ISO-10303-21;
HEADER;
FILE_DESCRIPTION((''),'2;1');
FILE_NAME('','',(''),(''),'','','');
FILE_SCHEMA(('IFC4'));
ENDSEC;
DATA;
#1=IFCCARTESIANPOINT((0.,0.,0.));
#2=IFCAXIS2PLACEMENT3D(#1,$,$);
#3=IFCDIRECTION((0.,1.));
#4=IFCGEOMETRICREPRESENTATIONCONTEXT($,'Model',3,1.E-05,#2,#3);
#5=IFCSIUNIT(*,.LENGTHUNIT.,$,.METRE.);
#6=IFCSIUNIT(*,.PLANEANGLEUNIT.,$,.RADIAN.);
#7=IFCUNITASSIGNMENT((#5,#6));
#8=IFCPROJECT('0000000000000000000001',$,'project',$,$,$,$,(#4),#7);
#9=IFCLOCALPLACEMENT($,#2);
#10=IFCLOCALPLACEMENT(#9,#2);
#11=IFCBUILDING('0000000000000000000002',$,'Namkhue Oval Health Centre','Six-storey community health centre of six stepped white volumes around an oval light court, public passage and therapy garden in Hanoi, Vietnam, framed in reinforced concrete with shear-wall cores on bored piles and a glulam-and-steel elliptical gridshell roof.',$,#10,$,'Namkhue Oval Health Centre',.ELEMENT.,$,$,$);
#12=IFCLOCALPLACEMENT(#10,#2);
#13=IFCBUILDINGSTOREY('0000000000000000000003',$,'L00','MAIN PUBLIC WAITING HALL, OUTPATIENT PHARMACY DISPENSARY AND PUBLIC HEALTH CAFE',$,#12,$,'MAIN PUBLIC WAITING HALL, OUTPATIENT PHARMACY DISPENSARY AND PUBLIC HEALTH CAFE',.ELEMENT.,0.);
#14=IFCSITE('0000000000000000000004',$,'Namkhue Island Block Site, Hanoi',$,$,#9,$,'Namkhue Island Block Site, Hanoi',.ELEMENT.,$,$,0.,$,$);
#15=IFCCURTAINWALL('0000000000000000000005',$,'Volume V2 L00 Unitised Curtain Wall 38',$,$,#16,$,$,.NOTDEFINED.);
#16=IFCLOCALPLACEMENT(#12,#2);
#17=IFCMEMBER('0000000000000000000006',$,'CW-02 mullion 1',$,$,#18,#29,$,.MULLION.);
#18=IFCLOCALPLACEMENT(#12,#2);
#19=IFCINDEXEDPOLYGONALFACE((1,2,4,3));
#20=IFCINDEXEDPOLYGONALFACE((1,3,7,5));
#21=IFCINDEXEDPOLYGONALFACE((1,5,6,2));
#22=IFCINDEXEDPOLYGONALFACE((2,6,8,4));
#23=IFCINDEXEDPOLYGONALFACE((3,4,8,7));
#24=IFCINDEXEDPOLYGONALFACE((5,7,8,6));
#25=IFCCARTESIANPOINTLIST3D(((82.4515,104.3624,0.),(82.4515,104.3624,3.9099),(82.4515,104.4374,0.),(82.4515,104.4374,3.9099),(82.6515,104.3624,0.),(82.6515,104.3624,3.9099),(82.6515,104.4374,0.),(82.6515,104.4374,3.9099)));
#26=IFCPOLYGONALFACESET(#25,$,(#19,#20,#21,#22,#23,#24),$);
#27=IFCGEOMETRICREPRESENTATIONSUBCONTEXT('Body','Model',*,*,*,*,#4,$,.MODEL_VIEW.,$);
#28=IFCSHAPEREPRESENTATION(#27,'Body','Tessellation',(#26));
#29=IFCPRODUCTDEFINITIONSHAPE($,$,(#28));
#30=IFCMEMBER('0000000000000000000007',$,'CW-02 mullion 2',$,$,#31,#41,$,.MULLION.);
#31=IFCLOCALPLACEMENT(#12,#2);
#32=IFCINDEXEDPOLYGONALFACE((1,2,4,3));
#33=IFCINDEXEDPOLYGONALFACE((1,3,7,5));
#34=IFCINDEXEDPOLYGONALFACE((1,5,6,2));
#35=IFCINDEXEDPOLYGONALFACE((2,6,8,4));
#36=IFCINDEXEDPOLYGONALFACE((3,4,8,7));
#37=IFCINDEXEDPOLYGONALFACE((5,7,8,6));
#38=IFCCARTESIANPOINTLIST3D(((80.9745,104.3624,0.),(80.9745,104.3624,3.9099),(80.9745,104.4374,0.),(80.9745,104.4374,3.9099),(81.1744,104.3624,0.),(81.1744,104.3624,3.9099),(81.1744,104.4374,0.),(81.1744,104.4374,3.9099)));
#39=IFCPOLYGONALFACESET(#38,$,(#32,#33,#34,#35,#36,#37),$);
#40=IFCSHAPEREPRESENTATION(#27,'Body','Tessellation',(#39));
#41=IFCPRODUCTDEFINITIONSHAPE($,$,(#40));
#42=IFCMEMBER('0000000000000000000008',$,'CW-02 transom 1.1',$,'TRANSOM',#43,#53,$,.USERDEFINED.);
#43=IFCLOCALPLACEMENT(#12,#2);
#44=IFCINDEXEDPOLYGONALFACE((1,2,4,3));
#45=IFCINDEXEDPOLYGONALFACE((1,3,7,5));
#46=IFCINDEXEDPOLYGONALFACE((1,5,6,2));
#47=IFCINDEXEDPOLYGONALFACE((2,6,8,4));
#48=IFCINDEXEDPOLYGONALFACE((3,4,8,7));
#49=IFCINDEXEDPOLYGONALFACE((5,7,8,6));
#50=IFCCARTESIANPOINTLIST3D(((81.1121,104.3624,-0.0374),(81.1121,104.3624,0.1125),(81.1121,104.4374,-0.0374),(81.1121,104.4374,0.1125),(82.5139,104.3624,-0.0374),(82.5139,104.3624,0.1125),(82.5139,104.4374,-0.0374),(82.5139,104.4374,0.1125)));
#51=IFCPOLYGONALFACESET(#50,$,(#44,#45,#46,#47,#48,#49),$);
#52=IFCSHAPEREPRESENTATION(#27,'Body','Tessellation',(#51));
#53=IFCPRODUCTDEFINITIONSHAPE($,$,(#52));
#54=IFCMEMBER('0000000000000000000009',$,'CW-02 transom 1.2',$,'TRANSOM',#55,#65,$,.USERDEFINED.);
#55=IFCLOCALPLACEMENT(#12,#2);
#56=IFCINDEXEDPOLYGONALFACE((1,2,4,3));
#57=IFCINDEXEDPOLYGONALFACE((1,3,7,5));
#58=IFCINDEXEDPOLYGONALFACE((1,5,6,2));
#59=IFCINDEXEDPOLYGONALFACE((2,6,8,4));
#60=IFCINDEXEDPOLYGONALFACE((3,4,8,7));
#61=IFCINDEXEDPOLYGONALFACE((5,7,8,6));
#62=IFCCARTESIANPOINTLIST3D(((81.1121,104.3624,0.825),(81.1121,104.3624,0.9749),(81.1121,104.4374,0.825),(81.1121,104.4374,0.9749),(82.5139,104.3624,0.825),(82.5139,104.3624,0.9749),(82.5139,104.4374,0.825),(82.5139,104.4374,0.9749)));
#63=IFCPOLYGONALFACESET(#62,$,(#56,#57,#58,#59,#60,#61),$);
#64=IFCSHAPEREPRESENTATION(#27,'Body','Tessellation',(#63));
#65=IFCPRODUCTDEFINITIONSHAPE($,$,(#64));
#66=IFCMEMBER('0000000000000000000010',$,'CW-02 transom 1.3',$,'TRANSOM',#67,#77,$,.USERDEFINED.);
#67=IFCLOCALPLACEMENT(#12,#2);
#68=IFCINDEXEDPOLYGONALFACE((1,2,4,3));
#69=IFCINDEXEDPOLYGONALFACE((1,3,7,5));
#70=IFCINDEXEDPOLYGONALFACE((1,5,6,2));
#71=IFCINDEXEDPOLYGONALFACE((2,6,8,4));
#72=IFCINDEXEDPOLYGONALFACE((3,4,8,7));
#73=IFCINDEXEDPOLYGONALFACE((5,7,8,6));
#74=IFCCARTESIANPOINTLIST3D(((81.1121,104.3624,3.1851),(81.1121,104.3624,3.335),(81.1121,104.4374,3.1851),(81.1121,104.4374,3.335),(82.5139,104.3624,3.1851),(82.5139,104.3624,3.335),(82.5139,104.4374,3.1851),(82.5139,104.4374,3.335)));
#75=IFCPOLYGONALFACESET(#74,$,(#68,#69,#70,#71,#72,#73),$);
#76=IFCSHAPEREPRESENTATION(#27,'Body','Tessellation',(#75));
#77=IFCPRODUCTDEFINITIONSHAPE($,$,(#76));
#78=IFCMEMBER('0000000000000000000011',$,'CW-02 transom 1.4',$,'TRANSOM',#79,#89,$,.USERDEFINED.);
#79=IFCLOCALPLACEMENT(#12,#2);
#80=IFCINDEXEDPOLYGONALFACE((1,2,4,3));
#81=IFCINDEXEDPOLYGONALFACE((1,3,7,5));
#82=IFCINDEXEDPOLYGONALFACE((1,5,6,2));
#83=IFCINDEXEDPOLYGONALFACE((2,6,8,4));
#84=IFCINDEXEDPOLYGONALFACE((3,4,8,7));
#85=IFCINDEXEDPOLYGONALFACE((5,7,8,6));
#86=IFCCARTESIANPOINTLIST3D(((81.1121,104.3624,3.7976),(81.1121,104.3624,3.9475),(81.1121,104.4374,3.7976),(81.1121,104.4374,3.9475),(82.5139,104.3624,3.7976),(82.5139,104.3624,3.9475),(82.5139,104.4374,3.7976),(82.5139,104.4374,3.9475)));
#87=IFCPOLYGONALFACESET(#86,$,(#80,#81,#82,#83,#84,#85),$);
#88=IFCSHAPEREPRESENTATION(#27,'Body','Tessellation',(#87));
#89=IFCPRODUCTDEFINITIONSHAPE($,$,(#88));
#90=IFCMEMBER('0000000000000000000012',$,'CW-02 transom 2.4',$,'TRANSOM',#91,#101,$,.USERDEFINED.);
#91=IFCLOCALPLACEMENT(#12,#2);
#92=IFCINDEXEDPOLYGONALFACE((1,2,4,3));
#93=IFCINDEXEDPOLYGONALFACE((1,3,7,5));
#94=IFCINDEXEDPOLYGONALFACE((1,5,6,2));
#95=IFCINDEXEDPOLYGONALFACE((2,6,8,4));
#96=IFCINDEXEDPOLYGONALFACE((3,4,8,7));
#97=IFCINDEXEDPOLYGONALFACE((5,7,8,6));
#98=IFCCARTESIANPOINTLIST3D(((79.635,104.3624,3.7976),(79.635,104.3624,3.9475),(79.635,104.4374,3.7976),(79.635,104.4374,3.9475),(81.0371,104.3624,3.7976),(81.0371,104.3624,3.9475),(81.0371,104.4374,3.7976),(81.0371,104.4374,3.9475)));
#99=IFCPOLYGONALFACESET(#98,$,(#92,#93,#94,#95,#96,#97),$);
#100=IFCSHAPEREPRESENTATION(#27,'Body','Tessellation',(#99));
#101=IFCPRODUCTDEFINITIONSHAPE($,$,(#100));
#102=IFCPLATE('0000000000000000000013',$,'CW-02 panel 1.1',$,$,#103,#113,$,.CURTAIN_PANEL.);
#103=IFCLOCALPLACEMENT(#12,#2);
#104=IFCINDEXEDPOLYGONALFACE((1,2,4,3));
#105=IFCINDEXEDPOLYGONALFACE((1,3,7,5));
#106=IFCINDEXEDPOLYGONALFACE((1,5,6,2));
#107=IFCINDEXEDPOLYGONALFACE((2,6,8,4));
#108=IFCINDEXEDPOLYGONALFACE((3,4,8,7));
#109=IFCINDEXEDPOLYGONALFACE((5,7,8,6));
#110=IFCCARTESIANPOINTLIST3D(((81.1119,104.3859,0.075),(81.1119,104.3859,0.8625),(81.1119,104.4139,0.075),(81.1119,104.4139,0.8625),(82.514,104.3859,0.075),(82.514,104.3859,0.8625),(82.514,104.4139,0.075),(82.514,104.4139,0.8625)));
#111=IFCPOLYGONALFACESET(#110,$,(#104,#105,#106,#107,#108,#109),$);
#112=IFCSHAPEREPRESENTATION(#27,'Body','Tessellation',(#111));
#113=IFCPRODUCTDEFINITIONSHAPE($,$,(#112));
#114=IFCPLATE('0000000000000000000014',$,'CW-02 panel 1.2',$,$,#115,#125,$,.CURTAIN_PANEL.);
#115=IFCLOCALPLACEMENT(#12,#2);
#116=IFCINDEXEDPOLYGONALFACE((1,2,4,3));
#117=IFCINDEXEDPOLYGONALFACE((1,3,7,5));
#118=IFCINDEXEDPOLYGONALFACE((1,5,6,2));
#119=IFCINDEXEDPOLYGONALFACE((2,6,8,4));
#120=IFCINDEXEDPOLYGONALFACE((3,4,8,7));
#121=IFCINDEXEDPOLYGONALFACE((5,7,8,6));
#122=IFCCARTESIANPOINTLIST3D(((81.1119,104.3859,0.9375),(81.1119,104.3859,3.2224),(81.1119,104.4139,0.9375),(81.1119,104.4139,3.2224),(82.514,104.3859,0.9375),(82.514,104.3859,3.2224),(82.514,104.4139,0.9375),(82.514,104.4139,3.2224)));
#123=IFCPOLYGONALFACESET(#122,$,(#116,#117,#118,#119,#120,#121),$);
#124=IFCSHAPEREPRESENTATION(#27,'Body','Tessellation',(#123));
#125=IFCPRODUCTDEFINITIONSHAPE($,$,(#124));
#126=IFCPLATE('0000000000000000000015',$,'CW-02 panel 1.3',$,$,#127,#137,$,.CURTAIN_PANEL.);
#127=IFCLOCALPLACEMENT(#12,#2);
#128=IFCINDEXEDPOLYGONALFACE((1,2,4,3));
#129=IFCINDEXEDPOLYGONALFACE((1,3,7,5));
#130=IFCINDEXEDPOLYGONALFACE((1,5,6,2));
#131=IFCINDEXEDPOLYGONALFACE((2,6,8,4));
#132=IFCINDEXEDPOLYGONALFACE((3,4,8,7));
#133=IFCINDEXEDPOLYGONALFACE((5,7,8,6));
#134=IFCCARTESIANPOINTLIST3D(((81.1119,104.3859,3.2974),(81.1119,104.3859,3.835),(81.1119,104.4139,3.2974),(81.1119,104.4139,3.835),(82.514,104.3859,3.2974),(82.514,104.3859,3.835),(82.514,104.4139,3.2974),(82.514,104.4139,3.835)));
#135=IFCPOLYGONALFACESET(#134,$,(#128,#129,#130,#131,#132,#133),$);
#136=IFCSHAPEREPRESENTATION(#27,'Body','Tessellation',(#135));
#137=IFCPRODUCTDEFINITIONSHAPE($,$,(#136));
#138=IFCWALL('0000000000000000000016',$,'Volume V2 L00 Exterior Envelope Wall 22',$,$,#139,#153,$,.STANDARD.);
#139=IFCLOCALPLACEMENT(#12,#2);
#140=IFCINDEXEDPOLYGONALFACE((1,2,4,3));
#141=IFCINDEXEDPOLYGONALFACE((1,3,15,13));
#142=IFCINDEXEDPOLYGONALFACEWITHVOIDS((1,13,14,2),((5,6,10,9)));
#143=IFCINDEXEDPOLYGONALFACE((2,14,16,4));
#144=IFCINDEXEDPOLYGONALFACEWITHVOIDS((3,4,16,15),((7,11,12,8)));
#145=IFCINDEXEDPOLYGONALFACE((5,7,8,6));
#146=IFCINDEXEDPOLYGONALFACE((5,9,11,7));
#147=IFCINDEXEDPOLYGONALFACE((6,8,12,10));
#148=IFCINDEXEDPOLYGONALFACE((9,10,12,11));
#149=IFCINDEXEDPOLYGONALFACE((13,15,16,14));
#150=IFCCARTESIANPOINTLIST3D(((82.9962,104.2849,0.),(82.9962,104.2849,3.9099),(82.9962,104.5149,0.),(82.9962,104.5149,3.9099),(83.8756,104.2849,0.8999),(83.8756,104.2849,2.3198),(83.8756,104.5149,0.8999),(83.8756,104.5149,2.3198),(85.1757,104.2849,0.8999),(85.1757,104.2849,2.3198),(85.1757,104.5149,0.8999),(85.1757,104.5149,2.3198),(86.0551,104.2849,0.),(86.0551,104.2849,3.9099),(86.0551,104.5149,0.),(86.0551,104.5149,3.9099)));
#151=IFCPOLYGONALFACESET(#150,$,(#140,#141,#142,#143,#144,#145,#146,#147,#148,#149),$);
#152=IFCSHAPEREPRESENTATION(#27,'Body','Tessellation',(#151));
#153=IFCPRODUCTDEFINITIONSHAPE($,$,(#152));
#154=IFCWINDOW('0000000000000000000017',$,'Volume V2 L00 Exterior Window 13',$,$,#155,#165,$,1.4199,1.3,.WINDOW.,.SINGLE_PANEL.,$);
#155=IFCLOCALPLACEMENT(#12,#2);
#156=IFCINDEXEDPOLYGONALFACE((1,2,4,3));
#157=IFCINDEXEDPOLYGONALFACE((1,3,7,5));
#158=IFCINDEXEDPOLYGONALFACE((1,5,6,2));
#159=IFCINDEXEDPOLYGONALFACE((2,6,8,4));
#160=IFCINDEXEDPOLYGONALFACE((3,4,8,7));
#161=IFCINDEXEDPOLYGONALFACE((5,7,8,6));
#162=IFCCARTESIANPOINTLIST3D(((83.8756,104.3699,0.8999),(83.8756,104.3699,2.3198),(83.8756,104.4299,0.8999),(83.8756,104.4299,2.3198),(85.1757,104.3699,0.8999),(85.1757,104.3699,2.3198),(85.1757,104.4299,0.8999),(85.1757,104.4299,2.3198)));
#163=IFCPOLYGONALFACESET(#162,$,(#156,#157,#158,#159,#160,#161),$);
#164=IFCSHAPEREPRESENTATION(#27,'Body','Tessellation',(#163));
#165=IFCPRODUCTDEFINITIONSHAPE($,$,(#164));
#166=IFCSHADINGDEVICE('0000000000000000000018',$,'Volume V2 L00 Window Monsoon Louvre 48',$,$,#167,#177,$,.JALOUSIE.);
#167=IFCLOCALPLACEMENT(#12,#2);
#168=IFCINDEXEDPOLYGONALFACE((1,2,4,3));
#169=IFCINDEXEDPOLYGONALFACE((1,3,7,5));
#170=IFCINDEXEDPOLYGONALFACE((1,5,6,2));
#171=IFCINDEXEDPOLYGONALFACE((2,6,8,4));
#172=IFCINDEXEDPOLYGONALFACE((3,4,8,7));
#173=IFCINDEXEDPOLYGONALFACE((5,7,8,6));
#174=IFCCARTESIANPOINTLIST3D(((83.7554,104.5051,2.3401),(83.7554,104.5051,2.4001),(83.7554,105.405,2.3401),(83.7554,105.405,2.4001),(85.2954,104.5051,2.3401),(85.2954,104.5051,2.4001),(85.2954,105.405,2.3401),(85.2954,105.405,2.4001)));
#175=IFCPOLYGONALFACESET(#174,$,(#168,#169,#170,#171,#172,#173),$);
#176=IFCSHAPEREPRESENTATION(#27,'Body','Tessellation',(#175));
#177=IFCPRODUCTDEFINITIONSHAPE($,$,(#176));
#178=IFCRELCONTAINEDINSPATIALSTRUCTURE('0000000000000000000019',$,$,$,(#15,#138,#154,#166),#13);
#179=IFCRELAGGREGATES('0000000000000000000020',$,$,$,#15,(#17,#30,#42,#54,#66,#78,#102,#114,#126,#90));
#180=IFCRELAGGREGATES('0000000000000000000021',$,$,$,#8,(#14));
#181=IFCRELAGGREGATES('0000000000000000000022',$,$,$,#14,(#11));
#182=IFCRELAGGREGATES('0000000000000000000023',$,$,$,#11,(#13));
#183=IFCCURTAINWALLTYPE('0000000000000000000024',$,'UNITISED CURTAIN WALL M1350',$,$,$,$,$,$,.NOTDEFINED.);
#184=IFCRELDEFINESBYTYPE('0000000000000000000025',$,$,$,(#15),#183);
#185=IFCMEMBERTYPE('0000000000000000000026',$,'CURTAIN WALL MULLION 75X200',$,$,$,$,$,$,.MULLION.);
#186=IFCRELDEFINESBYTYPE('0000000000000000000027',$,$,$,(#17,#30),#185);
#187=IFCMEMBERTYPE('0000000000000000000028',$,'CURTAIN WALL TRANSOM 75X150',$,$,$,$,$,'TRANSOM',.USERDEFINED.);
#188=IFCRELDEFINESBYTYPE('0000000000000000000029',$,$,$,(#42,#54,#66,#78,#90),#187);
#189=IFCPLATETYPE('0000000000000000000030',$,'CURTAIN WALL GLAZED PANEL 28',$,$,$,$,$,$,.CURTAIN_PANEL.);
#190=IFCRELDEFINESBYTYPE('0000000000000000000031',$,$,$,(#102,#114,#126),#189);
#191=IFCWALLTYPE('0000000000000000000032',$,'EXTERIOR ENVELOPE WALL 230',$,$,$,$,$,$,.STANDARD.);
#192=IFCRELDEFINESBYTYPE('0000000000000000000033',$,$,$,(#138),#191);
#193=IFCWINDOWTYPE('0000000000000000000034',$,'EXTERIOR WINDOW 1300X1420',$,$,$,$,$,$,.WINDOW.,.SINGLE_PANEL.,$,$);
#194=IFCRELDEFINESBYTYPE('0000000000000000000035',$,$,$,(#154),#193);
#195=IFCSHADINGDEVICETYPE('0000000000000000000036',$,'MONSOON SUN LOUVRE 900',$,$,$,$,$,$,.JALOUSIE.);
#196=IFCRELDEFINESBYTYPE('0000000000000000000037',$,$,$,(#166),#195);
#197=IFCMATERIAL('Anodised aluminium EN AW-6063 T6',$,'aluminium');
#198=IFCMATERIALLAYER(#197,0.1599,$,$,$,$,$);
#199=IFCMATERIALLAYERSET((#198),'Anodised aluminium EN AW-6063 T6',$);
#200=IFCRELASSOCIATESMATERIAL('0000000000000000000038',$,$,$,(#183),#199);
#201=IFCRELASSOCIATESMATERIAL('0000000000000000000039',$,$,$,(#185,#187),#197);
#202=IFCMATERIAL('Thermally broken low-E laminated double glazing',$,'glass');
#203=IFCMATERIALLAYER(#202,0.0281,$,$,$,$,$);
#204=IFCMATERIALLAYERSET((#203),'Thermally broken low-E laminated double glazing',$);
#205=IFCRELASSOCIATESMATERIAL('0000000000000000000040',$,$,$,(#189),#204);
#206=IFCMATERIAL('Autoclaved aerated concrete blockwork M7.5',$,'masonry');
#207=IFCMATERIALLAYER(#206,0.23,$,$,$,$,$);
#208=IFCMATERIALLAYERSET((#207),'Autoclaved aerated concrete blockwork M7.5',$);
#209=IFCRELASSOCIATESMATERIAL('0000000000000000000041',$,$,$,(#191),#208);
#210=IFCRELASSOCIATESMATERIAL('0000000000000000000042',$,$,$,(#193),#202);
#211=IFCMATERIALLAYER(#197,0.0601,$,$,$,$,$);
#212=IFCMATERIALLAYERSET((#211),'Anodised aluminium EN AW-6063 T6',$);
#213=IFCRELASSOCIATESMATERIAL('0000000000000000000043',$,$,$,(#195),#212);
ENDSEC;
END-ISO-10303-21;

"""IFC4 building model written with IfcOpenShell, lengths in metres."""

from ifc_helpers import new_model, si_unit, direction, frame, frame_2d, origin, origin_2d, place, context, subcontext, project, spatial, rectangle, extrude, material, layer, layer_set, material_profile, profile_set, type_object, element, fill, aggregate, save


model = new_model("IFC4")

# Units and contexts
model_context = context("Model", 3, precision=1e-05, world=origin(), true_north=direction((0.0, 1.0)))
body_context = subcontext(model_context, "Body", "Model", "MODEL_VIEW")
ifc_project = project(units=[si_unit("LENGTHUNIT", "METRE"), si_unit("PLANEANGLEUNIT", "RADIAN")], contexts=[model_context])

# Site, building, storey
site_placement = place(None, origin())
site = spatial("IfcSite", under=ifc_project, at=site_placement, Name="Namkhue Island Block Site, Hanoi", LongName="Namkhue Island Block Site, Hanoi", CompositionType="ELEMENT", RefElevation=0.0)
building_placement = place(site_placement, origin())
building = spatial("IfcBuilding", under=site, at=building_placement, Name="Namkhue Oval Health Centre", Description="Six-storey community health centre of six stepped white volumes around an oval light court, public passage and therapy garden in Hanoi, Vietnam, framed in reinforced concrete with shear-wall cores on bored piles and a glulam-and-steel elliptical gridshell roof.", LongName="Namkhue Oval Health Centre", CompositionType="ELEMENT")
storey_placement = place(building_placement, origin())
storey = spatial("IfcBuildingStorey", under=building, at=storey_placement, Name="L00", Description="MAIN PUBLIC WAITING HALL, OUTPATIENT PHARMACY DISPENSARY AND PUBLIC HEALTH CAFE", LongName="MAIN PUBLIC WAITING HALL, OUTPATIENT PHARMACY DISPENSARY AND PUBLIC HEALTH CAFE", CompositionType="ELEMENT", Elevation=0.0)

# Curtain wall, members, plates
ifc_material_1 = material(Name="Anodised aluminium EN AW-6063 T6", Category="aluminium")
ifc_layer_1 = layer(ifc_material_1, 0.1599)
ifc_layer_set_1 = layer_set([ifc_layer_1], Name="Anodised aluminium EN AW-6063 T6")
curtain_wall_type = type_object("IfcCurtainWallType", Name="UNITISED CURTAIN WALL M1350", PredefinedType="NOTDEFINED", material=ifc_layer_set_1)
curtain_wall_placement = place(storey_placement, origin())
curtain_wall = element("IfcCurtainWall", 1, at=curtain_wall_placement, inside=storey, type_object=curtain_wall_type, Name="Volume V2 L00 Unitised Curtain Wall 38", PredefinedType="NOTDEFINED")
ifc_material_profile_1 = material_profile(ifc_material_1, rectangle(XDim=0.075, YDim=0.2, at=origin_2d()), Name="ALU 75x200")
ifc_profile_set_1 = profile_set([ifc_material_profile_1], Name="Anodised aluminium EN AW-6063 T6")
member_type_1 = type_object("IfcMemberType", Name="CURTAIN WALL MULLION 75X200", PredefinedType="MULLION", material=ifc_profile_set_1)
member_1_placement = place(storey_placement, frame((82.5515, 104.3999, 0.0), z_axis=(0.0, 0.0, 1.0), x_axis=(0.0, -1.0, 0.0)))
member_1 = element("IfcMember", 2, at=member_1_placement, type_object=member_type_1, Name="CW-02 mullion 1", PredefinedType="MULLION", context=body_context, shape_type="SweptSolid", body=[
    extrude(rectangle(XDim=0.075, YDim=0.2, at=origin_2d()), origin(), (0.0, 0.0, 1.0), 3.9099),
])
member_2_placement = place(storey_placement, frame((81.0745, 104.3999, 0.0), z_axis=(0.0, 0.0, 1.0), x_axis=(0.0, -1.0, 0.0)))
member_2 = element("IfcMember", 3, at=member_2_placement, type_object=member_type_1, Name="CW-02 mullion 2", PredefinedType="MULLION", context=body_context, shape_type="SweptSolid", body=[
    extrude(rectangle(XDim=0.075, YDim=0.2, at=origin_2d()), origin(), (0.0, 0.0, 1.0), 3.9099),
])
ifc_material_profile_2 = material_profile(ifc_material_1, rectangle(XDim=0.075, YDim=0.1499, at=origin_2d()), Name="ALU 75x150")
ifc_profile_set_2 = profile_set([ifc_material_profile_2], Name="Anodised aluminium EN AW-6063 T6")
member_type_2 = type_object("IfcMemberType", Name="CURTAIN WALL TRANSOM 75X150", ElementType="TRANSOM", PredefinedType="USERDEFINED", material=ifc_profile_set_2)
member_3_placement = place(storey_placement, frame((82.5139, 104.3999, 0.0376), z_axis=(-1.0, 0.0, 0.0), x_axis=(0.0, -1.0, 0.0)))
member_3 = element("IfcMember", 4, at=member_3_placement, type_object=member_type_2, Name="CW-02 transom 1.1", ObjectType="TRANSOM", PredefinedType="USERDEFINED", context=body_context, shape_type="SweptSolid", body=[
    extrude(rectangle(XDim=0.075, YDim=0.1499, at=origin_2d()), origin(), (0.0, 0.0, 1.0), 1.4019),
])
member_4_placement = place(storey_placement, frame((82.5139, 104.3999, 0.8999), z_axis=(-1.0, 0.0, 0.0), x_axis=(0.0, -1.0, 0.0)))
member_4 = element("IfcMember", 5, at=member_4_placement, type_object=member_type_2, Name="CW-02 transom 1.2", ObjectType="TRANSOM", PredefinedType="USERDEFINED", context=body_context, shape_type="SweptSolid", body=[
    extrude(rectangle(XDim=0.075, YDim=0.1499, at=origin_2d()), origin(), (0.0, 0.0, 1.0), 1.4019),
])
member_5_placement = place(storey_placement, frame((82.5139, 104.3999, 3.26), z_axis=(-1.0, 0.0, 0.0), x_axis=(0.0, -1.0, 0.0)))
member_5 = element("IfcMember", 6, at=member_5_placement, type_object=member_type_2, Name="CW-02 transom 1.3", ObjectType="TRANSOM", PredefinedType="USERDEFINED", context=body_context, shape_type="SweptSolid", body=[
    extrude(rectangle(XDim=0.075, YDim=0.1499, at=origin_2d()), origin(), (0.0, 0.0, 1.0), 1.4019),
])
member_6_placement = place(storey_placement, frame((82.5139, 104.3999, 3.8726), z_axis=(-1.0, 0.0, 0.0), x_axis=(0.0, -1.0, 0.0)))
member_6 = element("IfcMember", 7, at=member_6_placement, type_object=member_type_2, Name="CW-02 transom 1.4", ObjectType="TRANSOM", PredefinedType="USERDEFINED", context=body_context, shape_type="SweptSolid", body=[
    extrude(rectangle(XDim=0.075, YDim=0.1499, at=origin_2d()), origin(), (0.0, 0.0, 1.0), 1.4019),
])
member_7_placement = place(storey_placement, frame((81.0371, 104.3999, 3.8726), z_axis=(-1.0, 0.0, 0.0), x_axis=(0.0, -1.0, 0.0)))
member_7 = element("IfcMember", 8, at=member_7_placement, type_object=member_type_2, Name="CW-02 transom 2.4", ObjectType="TRANSOM", PredefinedType="USERDEFINED", context=body_context, shape_type="SweptSolid", body=[
    extrude(rectangle(XDim=0.075, YDim=0.1499, at=origin_2d()), origin(), (0.0, 0.0, 1.0), 1.4021),
])
ifc_material_2 = material(Name="Thermally broken low-E laminated double glazing", Category="glass")
ifc_layer_2 = layer(ifc_material_2, 0.0281)
ifc_layer_set_2 = layer_set([ifc_layer_2], Name="Thermally broken low-E laminated double glazing")
plate_type = type_object("IfcPlateType", Name="CURTAIN WALL GLAZED PANEL 28", PredefinedType="CURTAIN_PANEL", material=ifc_layer_set_2)
plate_1_placement = place(storey_placement, frame((81.813, 104.3999, 0.075), z_axis=(0.0, 0.0, 1.0), x_axis=(-1.0, 0.0, 0.0)))
plate_1 = element("IfcPlate", 9, at=plate_1_placement, type_object=plate_type, Name="CW-02 panel 1.1", PredefinedType="CURTAIN_PANEL", context=body_context, shape_type="SweptSolid", body=[
    extrude(rectangle(XDim=1.4021, YDim=0.0281, at=origin_2d()), origin(), (0.0, 0.0, 1.0), 0.7876),
])
plate_2_placement = place(storey_placement, frame((81.813, 104.3999, 0.9375), z_axis=(0.0, 0.0, 1.0), x_axis=(-1.0, 0.0, 0.0)))
plate_2 = element("IfcPlate", 10, at=plate_2_placement, type_object=plate_type, Name="CW-02 panel 1.2", PredefinedType="CURTAIN_PANEL", context=body_context, shape_type="SweptSolid", body=[
    extrude(rectangle(XDim=1.4021, YDim=0.0281, at=origin_2d()), origin(), (0.0, 0.0, 1.0), 2.2849),
])
plate_3_placement = place(storey_placement, frame((81.813, 104.3999, 3.2974), z_axis=(0.0, 0.0, 1.0), x_axis=(-1.0, 0.0, 0.0)))
plate_3 = element("IfcPlate", 11, at=plate_3_placement, type_object=plate_type, Name="CW-02 panel 1.3", PredefinedType="CURTAIN_PANEL", context=body_context, shape_type="SweptSolid", body=[
    extrude(rectangle(XDim=1.4021, YDim=0.0281, at=origin_2d()), origin(), (0.0, 0.0, 1.0), 0.5376),
])
aggregate(curtain_wall, [member_1, member_2, member_3, member_4, member_5, member_6, plate_1, plate_2, plate_3, member_7])

# Wall, opening, window
ifc_material_3 = material(Name="Autoclaved aerated concrete blockwork M7.5", Category="masonry")
ifc_layer_3 = layer(ifc_material_3, 0.23)
ifc_layer_set_3 = layer_set([ifc_layer_3], Name="Autoclaved aerated concrete blockwork M7.5")
wall_type = type_object("IfcWallType", Name="EXTERIOR ENVELOPE WALL 230", PredefinedType="STANDARD", material=ifc_layer_set_3)
wall_placement = place(storey_placement, frame((86.0549, 104.3999, 0.0), z_axis=(0.0, 0.0, 1.0), x_axis=(-1.0, 0.0, 0.0)))
wall = element("IfcWall", 12, at=wall_placement, inside=storey, type_object=wall_type, Name="Volume V2 L00 Exterior Envelope Wall 22", PredefinedType="STANDARD", context=body_context, shape_type="SweptSolid", body=[
    extrude(rectangle(XDim=3.0588, YDim=0.23, at=frame_2d((1.5293, 0.0))), origin(), (0.0, 0.0, 1.0), 3.9099),
])
opening_placement = place(wall_placement, frame((0.8794, 0.0, 0.8999)))
opening = element("IfcOpeningElement", 13, at=opening_placement, cuts=wall, PredefinedType="OPENING", context=body_context, shape_type="SweptSolid", body=[
    extrude(rectangle(XDim=1.3, YDim=1.4199, at=frame_2d((0.6499, 0.71))), frame((0.0, 0.125, 0.0), z_axis=(0.0, -1.0, 0.0), x_axis=(1.0, 0.0, 0.0)), (0.0, 0.0, 1.0), 0.25),
])
window_type = type_object("IfcWindowType", Name="EXTERIOR WINDOW 1300X1420", PartitioningType="SINGLE_PANEL", PredefinedType="WINDOW", material=ifc_material_2)
window_placement = place(opening_placement, origin())
window = element("IfcWindow", 14, at=window_placement, inside=storey, type_object=window_type, Name="Volume V2 L00 Exterior Window 13", OverallHeight=1.4199, OverallWidth=1.3, PartitioningType="SINGLE_PANEL", PredefinedType="WINDOW", context=body_context, shape_type="SweptSolid", body=[
    extrude(rectangle(XDim=1.3, YDim=1.4199, at=frame_2d((0.6499, 0.71))), frame((0.0, 0.03, 0.0), z_axis=(0.0, -1.0, 0.0), x_axis=(1.0, 0.0, 0.0)), (0.0, 0.0, 1.0), 0.0601),
])
fill(opening, window)

# Shading device
ifc_layer_4 = layer(ifc_material_1, 0.0601)
ifc_layer_set_4 = layer_set([ifc_layer_4], Name="Anodised aluminium EN AW-6063 T6")
shading_device_type_1 = type_object("IfcShadingDeviceType", Name="MONSOON SUN LOUVRE 900", PredefinedType="JALOUSIE", material=ifc_layer_set_4)
shading_device_1_placement = place(storey_placement, frame((84.5254, 104.9551, 2.3401), z_axis=(0.0, 0.0, 1.0), x_axis=(-1.0, 0.0, 0.0)))
element("IfcShadingDevice", 15, at=shading_device_1_placement, inside=storey, type_object=shading_device_type_1, Name="Volume V2 L00 Window Monsoon Louvre 48", PredefinedType="JALOUSIE", context=body_context, shape_type="SweptSolid", body=[
    extrude(rectangle(XDim=1.54, YDim=0.8999, at=origin_2d()), origin(), (0.0, 0.0, 1.0), 0.0601),
])

save(model, "model.ifc")
